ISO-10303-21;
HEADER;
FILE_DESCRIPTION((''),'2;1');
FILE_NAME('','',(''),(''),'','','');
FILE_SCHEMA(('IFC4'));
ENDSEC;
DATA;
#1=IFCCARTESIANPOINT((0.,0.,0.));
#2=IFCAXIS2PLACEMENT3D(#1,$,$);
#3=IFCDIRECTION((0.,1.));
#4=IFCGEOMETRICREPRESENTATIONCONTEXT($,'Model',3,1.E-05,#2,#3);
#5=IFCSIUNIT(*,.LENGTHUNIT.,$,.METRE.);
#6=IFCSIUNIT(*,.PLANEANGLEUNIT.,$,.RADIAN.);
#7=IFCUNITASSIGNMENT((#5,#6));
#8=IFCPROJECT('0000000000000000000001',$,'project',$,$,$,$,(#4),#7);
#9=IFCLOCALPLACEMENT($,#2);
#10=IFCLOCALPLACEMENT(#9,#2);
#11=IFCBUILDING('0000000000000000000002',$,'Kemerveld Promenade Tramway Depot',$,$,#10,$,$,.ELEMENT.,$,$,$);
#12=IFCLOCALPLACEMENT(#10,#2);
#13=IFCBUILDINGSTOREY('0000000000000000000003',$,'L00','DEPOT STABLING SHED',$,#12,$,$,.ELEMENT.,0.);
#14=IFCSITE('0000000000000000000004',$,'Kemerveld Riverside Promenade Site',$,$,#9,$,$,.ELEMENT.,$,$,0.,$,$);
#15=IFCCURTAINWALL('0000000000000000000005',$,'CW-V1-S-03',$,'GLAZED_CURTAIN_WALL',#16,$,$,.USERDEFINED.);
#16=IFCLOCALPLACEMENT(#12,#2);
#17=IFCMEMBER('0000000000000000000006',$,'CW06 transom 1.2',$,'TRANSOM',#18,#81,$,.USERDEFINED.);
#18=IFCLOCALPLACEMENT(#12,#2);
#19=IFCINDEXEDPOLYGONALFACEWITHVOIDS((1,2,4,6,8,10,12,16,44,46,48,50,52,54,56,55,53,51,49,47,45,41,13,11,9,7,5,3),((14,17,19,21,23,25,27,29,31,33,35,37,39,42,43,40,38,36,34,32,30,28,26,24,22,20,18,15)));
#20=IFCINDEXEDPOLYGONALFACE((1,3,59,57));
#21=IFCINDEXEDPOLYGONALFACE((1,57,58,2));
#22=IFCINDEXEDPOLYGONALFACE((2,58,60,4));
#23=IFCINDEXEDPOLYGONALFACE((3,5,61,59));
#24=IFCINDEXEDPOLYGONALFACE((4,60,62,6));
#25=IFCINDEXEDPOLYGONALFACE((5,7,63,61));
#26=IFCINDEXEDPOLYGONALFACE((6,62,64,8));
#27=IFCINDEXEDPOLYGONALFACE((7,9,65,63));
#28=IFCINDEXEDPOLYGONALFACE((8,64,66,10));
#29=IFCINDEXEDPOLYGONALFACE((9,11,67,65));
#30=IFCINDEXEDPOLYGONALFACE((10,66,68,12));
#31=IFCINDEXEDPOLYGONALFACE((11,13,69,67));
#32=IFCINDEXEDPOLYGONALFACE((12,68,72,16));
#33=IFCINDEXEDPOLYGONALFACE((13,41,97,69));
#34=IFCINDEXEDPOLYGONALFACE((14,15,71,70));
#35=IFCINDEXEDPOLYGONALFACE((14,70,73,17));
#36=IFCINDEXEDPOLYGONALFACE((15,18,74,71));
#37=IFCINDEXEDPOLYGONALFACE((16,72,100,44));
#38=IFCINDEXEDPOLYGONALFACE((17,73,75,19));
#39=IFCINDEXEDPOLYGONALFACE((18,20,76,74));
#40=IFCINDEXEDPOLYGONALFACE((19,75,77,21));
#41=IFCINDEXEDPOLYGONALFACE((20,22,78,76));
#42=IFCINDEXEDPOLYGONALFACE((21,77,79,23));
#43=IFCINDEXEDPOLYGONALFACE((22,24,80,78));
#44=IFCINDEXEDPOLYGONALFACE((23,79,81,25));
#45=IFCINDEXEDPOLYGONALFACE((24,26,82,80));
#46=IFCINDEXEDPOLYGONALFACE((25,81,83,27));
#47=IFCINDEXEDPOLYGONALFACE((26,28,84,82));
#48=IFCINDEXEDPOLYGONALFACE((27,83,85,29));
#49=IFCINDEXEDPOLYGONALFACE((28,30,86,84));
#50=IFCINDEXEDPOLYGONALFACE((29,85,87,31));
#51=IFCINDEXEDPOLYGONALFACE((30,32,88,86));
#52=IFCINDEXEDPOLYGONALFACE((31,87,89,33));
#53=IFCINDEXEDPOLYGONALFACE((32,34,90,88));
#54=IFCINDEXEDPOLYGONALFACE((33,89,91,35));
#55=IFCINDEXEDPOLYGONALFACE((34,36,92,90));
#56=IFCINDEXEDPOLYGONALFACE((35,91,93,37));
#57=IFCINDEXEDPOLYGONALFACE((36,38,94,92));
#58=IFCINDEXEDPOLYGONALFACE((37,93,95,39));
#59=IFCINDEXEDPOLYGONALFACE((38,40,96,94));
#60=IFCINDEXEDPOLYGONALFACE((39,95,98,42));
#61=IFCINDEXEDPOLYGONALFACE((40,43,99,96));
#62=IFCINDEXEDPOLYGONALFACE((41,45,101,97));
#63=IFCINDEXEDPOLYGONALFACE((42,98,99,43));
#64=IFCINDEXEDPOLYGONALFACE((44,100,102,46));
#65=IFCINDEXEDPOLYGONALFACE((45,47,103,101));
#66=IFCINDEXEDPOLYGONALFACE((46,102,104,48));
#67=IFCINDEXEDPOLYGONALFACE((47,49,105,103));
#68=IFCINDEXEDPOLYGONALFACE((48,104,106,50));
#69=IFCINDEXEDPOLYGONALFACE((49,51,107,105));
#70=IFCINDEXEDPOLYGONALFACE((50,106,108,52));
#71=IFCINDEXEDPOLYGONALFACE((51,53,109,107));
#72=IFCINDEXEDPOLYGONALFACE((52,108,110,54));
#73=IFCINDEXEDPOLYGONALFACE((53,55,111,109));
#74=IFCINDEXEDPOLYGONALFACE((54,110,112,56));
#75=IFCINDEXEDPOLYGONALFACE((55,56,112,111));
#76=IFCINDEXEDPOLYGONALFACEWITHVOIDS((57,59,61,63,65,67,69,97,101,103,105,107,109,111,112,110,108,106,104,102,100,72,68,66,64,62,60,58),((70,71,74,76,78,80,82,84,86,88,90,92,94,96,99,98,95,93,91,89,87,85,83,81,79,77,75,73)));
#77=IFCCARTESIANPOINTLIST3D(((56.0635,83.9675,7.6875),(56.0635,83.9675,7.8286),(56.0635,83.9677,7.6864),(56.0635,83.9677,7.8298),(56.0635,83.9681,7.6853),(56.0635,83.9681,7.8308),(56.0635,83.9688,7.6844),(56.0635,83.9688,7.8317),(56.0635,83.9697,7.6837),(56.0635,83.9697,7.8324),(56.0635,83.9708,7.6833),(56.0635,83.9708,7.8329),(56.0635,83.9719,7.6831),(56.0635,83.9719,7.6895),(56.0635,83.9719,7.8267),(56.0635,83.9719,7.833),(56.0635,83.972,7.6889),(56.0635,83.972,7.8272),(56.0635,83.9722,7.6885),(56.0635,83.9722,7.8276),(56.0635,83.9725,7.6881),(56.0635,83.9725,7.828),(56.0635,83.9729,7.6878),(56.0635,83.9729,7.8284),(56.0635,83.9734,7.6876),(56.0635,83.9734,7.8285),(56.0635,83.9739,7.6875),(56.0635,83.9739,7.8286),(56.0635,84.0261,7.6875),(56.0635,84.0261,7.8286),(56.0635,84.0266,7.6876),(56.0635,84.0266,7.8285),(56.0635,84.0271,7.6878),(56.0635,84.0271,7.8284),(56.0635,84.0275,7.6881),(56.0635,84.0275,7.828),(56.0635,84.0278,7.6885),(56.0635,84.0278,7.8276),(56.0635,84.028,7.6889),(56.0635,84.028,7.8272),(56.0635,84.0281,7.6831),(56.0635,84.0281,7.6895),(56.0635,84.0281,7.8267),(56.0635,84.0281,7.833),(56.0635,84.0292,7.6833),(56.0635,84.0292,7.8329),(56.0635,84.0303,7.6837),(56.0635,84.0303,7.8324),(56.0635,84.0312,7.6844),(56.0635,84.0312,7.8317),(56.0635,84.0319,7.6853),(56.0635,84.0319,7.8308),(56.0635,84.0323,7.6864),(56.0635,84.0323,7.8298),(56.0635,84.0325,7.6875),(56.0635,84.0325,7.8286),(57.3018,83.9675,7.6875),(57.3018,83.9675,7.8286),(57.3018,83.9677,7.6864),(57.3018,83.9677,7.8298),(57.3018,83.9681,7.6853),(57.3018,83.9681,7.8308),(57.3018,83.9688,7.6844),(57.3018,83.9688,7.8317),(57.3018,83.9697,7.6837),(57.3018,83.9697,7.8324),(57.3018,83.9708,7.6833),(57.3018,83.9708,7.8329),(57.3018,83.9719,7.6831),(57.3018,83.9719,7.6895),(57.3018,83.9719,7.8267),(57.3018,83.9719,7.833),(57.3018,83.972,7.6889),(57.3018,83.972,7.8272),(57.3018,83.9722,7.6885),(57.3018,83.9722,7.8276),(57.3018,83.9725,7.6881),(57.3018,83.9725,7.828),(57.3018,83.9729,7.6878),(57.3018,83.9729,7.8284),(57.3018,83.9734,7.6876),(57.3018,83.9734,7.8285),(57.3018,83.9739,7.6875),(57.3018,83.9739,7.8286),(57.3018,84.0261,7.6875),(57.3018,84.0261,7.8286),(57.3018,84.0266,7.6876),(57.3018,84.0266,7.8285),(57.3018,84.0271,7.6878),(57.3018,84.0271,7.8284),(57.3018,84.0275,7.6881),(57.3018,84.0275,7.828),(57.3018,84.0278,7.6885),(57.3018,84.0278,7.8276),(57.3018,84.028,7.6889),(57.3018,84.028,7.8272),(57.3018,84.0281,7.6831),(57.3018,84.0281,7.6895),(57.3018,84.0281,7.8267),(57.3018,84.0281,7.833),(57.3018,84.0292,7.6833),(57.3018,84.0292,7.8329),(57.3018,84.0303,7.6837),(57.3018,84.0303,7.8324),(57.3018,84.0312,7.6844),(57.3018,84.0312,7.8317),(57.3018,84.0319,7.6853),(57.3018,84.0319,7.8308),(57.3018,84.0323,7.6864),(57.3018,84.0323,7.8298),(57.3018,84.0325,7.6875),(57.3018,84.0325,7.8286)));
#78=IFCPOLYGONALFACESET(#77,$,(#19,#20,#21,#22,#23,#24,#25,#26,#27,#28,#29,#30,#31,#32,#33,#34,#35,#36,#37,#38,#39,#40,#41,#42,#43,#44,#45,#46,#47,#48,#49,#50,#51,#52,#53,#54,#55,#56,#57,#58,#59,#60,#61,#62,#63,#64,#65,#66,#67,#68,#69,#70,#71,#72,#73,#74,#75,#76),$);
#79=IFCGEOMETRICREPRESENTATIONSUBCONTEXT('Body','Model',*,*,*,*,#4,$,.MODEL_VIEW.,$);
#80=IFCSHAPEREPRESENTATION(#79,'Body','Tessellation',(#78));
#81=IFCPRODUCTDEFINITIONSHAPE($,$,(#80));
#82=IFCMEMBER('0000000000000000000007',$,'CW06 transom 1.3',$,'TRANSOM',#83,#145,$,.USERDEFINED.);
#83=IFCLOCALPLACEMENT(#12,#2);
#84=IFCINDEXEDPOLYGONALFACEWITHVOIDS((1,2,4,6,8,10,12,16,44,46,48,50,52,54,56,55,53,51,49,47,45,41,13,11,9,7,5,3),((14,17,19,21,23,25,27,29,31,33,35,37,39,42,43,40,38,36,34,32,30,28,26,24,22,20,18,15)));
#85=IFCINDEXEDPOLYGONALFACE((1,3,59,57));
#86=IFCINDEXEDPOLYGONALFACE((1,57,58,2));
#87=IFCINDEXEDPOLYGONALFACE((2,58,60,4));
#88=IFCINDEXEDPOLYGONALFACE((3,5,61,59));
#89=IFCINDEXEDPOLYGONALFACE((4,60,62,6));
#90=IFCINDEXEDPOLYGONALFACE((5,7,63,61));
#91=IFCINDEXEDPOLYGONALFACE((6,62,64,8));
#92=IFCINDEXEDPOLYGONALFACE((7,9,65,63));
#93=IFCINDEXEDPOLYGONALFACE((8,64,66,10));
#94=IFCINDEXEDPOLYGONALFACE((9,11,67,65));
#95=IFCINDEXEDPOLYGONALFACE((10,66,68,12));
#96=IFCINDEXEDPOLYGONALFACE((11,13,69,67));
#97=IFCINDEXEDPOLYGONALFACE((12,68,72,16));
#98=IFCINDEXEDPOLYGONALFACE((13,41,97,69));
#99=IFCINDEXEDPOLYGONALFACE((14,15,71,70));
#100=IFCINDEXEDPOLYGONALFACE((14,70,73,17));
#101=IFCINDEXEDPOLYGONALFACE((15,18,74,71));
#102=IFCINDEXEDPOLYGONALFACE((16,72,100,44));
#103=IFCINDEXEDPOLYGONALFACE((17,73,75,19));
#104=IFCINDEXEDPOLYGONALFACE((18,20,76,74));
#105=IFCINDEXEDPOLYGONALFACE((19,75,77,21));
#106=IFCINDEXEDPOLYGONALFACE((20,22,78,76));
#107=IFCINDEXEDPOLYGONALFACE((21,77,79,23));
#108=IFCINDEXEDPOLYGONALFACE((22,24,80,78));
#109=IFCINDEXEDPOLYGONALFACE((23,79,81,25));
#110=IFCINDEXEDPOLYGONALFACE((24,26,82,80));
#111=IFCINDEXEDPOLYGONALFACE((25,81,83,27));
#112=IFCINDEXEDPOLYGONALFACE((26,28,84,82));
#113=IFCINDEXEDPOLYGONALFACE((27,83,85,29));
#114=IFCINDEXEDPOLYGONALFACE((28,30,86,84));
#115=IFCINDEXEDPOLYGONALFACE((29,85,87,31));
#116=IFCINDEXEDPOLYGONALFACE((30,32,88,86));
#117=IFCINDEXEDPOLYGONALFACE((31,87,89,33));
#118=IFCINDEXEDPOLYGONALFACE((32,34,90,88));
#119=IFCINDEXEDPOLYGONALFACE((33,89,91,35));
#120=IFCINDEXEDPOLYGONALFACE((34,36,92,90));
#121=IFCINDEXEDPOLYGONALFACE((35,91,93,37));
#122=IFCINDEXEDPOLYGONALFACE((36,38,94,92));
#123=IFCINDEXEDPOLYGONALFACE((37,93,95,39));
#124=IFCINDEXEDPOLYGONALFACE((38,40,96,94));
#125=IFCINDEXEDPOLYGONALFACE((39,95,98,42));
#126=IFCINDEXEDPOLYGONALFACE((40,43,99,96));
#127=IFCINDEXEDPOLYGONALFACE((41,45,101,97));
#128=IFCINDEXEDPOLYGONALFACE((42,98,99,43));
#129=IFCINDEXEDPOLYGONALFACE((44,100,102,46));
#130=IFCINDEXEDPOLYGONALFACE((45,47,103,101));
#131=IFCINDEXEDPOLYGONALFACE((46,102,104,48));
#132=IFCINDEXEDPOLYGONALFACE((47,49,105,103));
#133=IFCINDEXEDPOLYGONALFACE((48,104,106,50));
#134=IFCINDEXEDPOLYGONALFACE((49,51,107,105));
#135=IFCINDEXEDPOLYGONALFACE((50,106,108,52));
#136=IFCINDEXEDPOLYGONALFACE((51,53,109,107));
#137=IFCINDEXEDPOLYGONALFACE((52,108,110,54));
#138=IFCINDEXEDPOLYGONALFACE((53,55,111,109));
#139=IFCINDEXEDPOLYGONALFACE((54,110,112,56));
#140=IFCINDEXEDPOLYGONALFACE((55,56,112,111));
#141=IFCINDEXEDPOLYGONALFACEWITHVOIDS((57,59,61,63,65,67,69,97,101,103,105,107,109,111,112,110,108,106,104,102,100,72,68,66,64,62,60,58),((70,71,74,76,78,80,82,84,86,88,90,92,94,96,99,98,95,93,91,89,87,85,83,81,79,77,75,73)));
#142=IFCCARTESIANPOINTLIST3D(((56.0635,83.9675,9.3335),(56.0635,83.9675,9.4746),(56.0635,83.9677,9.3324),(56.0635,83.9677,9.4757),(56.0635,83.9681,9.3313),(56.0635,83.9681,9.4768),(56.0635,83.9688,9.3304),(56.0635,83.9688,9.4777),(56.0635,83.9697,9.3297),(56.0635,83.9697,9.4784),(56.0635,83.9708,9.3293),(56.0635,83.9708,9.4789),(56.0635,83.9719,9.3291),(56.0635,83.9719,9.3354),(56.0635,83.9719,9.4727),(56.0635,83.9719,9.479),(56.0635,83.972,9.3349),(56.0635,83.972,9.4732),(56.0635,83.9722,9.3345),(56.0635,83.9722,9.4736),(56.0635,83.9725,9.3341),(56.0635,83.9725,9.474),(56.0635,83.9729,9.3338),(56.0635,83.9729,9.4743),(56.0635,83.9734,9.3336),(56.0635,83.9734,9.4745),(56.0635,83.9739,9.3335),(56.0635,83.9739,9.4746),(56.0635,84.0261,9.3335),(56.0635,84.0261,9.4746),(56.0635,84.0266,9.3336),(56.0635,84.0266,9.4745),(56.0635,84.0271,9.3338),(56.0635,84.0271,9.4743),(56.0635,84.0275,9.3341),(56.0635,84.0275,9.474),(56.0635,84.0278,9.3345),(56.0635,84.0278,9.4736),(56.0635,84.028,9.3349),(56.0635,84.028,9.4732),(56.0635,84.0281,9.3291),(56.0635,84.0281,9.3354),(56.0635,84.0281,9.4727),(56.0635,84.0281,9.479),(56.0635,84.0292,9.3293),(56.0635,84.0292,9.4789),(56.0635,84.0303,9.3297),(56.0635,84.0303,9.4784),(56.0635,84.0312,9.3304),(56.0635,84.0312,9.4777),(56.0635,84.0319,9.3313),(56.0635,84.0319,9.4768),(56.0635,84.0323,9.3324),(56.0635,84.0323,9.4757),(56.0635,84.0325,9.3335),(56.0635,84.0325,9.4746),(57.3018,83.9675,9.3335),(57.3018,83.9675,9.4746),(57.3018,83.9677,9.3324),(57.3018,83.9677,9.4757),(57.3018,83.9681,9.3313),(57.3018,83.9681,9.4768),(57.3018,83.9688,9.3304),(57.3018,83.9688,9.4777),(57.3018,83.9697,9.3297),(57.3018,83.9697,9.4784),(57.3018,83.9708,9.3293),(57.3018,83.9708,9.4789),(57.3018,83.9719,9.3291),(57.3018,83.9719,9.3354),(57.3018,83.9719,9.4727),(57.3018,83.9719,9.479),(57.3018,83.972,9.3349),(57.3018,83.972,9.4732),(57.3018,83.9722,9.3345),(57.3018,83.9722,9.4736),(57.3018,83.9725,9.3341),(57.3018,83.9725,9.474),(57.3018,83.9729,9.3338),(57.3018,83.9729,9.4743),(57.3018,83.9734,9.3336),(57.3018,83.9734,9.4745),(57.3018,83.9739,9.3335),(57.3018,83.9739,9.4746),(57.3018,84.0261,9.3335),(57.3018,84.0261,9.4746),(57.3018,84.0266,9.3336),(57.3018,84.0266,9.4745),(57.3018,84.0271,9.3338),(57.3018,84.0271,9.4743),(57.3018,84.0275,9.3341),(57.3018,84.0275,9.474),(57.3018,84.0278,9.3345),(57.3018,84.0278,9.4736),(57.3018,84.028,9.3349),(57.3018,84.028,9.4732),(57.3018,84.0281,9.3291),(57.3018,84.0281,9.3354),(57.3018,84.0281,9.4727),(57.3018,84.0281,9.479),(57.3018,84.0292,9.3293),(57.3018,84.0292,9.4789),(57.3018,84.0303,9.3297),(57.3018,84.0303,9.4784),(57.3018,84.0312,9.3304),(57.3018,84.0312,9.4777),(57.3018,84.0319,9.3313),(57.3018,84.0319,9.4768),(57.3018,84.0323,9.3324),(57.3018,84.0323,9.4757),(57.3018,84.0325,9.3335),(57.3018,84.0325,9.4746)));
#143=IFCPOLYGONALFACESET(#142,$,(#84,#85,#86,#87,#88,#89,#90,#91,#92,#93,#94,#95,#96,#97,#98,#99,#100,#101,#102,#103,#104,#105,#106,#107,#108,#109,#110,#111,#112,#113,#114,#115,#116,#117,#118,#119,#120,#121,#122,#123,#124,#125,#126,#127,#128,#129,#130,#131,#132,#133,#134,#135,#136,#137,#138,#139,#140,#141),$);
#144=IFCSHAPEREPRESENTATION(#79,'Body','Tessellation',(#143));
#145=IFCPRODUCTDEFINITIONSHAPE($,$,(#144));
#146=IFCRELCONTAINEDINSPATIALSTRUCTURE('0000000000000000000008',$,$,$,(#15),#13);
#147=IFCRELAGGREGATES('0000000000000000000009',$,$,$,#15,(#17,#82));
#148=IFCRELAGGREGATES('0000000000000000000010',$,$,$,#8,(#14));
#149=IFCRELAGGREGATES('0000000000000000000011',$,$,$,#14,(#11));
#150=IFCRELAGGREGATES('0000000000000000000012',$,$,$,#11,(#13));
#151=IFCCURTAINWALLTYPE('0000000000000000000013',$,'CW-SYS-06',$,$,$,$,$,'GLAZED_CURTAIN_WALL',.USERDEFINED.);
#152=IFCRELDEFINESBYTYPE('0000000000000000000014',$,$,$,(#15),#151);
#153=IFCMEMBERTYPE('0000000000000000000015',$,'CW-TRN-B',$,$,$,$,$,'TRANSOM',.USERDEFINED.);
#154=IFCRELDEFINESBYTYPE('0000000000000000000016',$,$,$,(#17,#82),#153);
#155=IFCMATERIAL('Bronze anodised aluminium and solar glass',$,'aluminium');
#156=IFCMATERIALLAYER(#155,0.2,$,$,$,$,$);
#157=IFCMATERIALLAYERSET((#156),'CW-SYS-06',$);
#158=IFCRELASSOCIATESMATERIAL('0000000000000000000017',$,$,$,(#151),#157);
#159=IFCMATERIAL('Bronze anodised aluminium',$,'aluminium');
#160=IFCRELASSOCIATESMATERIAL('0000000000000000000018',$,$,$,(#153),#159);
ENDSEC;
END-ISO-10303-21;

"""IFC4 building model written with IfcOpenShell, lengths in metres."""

from ifc_helpers import new_model, si_unit, direction, frame, origin, origin_2d, place, context, subcontext, project, spatial, hollow_rectangle, extrude, material, layer, layer_set, material_profile, profile_set, type_object, element, aggregate, save


model = new_model("IFC4")

# Units and contexts
model_context = context("Model", 3, precision=1e-05, world=origin(), true_north=direction((0.0, 1.0)))
body_context = subcontext(model_context, "Body", "Model", "MODEL_VIEW")
ifc_project = project(units=[si_unit("LENGTHUNIT", "METRE"), si_unit("PLANEANGLEUNIT", "RADIAN")], contexts=[model_context])

# Site, building, storey
site_placement = place(None, origin())
site = spatial("IfcSite", under=ifc_project, at=site_placement, Name="Kemerveld Riverside Promenade Site", CompositionType="ELEMENT", RefElevation=0.0)
building_placement = place(site_placement, origin())
building = spatial("IfcBuilding", under=site, at=building_placement, Name="Kemerveld Promenade Tramway Depot", CompositionType="ELEMENT")
storey_placement = place(building_placement, origin())
storey = spatial("IfcBuildingStorey", under=building, at=storey_placement, Name="L00", Description="DEPOT STABLING SHED", CompositionType="ELEMENT", Elevation=0.0)

# Curtain wall, members
ifc_material_1 = material(Name="Bronze anodised aluminium and solar glass", Category="aluminium")
ifc_material_2 = material(Name="Bronze anodised aluminium", Category="aluminium")
ifc_layer_1 = layer(ifc_material_1, 0.2)
ifc_layer_set_1 = layer_set([ifc_layer_1], Name="CW-SYS-06")
curtain_wall_type_1 = type_object("IfcCurtainWallType", Name="CW-SYS-06", ElementType="GLAZED_CURTAIN_WALL", PredefinedType="USERDEFINED", material=ifc_layer_set_1)
curtain_wall_1_placement = place(storey_placement, origin())
curtain_wall_1 = element("IfcCurtainWall", 1, at=curtain_wall_1_placement, inside=storey, type_object=curtain_wall_type_1, Name="CW-V1-S-03", ObjectType="GLAZED_CURTAIN_WALL", PredefinedType="USERDEFINED")
ifc_material_profile_1 = material_profile(ifc_material_2, hollow_rectangle(XDim=0.0649, YDim=0.1499, WallThickness=0.0044, InnerFilletRadius=0.002, OuterFilletRadius=0.0044, at=origin_2d()), Name="CW-TRN-150x65")
ifc_profile_set_1 = profile_set([ifc_material_profile_1], Name="Bronze anodised aluminium")
member_type_1 = type_object("IfcMemberType", Name="CW-TRN-B", ElementType="TRANSOM", PredefinedType="USERDEFINED", material=ifc_profile_set_1)
member_1_placement = place(storey_placement, frame((57.3018, 84.0, 7.7581), z_axis=(-1.0, 0.0, 0.0), x_axis=(0.0, -1.0, 0.0)))
member_1 = element("IfcMember", 2, at=member_1_placement, type_object=member_type_1, Name="CW06 transom 1.2", ObjectType="TRANSOM", PredefinedType="USERDEFINED", context=body_context, shape_type="SweptSolid", body=[
    extrude(hollow_rectangle(XDim=0.0649, YDim=0.1499, WallThickness=0.0044, InnerFilletRadius=0.002, OuterFilletRadius=0.0044, at=origin_2d()), origin(), (0.0, 0.0, 1.0), 1.2383),
])
member_2_placement = place(storey_placement, frame((57.3018, 84.0, 9.4041), z_axis=(-1.0, 0.0, 0.0), x_axis=(0.0, -1.0, 0.0)))
member_2 = element("IfcMember", 3, at=member_2_placement, type_object=member_type_1, Name="CW06 transom 1.3", ObjectType="TRANSOM", PredefinedType="USERDEFINED", context=body_context, shape_type="SweptSolid", body=[
    extrude(hollow_rectangle(XDim=0.0649, YDim=0.1499, WallThickness=0.0044, InnerFilletRadius=0.002, OuterFilletRadius=0.0044, at=origin_2d()), origin(), (0.0, 0.0, 1.0), 1.2383),
])

aggregate(curtain_wall_1, [member_1, member_2])

save(model, "model.ifc")
